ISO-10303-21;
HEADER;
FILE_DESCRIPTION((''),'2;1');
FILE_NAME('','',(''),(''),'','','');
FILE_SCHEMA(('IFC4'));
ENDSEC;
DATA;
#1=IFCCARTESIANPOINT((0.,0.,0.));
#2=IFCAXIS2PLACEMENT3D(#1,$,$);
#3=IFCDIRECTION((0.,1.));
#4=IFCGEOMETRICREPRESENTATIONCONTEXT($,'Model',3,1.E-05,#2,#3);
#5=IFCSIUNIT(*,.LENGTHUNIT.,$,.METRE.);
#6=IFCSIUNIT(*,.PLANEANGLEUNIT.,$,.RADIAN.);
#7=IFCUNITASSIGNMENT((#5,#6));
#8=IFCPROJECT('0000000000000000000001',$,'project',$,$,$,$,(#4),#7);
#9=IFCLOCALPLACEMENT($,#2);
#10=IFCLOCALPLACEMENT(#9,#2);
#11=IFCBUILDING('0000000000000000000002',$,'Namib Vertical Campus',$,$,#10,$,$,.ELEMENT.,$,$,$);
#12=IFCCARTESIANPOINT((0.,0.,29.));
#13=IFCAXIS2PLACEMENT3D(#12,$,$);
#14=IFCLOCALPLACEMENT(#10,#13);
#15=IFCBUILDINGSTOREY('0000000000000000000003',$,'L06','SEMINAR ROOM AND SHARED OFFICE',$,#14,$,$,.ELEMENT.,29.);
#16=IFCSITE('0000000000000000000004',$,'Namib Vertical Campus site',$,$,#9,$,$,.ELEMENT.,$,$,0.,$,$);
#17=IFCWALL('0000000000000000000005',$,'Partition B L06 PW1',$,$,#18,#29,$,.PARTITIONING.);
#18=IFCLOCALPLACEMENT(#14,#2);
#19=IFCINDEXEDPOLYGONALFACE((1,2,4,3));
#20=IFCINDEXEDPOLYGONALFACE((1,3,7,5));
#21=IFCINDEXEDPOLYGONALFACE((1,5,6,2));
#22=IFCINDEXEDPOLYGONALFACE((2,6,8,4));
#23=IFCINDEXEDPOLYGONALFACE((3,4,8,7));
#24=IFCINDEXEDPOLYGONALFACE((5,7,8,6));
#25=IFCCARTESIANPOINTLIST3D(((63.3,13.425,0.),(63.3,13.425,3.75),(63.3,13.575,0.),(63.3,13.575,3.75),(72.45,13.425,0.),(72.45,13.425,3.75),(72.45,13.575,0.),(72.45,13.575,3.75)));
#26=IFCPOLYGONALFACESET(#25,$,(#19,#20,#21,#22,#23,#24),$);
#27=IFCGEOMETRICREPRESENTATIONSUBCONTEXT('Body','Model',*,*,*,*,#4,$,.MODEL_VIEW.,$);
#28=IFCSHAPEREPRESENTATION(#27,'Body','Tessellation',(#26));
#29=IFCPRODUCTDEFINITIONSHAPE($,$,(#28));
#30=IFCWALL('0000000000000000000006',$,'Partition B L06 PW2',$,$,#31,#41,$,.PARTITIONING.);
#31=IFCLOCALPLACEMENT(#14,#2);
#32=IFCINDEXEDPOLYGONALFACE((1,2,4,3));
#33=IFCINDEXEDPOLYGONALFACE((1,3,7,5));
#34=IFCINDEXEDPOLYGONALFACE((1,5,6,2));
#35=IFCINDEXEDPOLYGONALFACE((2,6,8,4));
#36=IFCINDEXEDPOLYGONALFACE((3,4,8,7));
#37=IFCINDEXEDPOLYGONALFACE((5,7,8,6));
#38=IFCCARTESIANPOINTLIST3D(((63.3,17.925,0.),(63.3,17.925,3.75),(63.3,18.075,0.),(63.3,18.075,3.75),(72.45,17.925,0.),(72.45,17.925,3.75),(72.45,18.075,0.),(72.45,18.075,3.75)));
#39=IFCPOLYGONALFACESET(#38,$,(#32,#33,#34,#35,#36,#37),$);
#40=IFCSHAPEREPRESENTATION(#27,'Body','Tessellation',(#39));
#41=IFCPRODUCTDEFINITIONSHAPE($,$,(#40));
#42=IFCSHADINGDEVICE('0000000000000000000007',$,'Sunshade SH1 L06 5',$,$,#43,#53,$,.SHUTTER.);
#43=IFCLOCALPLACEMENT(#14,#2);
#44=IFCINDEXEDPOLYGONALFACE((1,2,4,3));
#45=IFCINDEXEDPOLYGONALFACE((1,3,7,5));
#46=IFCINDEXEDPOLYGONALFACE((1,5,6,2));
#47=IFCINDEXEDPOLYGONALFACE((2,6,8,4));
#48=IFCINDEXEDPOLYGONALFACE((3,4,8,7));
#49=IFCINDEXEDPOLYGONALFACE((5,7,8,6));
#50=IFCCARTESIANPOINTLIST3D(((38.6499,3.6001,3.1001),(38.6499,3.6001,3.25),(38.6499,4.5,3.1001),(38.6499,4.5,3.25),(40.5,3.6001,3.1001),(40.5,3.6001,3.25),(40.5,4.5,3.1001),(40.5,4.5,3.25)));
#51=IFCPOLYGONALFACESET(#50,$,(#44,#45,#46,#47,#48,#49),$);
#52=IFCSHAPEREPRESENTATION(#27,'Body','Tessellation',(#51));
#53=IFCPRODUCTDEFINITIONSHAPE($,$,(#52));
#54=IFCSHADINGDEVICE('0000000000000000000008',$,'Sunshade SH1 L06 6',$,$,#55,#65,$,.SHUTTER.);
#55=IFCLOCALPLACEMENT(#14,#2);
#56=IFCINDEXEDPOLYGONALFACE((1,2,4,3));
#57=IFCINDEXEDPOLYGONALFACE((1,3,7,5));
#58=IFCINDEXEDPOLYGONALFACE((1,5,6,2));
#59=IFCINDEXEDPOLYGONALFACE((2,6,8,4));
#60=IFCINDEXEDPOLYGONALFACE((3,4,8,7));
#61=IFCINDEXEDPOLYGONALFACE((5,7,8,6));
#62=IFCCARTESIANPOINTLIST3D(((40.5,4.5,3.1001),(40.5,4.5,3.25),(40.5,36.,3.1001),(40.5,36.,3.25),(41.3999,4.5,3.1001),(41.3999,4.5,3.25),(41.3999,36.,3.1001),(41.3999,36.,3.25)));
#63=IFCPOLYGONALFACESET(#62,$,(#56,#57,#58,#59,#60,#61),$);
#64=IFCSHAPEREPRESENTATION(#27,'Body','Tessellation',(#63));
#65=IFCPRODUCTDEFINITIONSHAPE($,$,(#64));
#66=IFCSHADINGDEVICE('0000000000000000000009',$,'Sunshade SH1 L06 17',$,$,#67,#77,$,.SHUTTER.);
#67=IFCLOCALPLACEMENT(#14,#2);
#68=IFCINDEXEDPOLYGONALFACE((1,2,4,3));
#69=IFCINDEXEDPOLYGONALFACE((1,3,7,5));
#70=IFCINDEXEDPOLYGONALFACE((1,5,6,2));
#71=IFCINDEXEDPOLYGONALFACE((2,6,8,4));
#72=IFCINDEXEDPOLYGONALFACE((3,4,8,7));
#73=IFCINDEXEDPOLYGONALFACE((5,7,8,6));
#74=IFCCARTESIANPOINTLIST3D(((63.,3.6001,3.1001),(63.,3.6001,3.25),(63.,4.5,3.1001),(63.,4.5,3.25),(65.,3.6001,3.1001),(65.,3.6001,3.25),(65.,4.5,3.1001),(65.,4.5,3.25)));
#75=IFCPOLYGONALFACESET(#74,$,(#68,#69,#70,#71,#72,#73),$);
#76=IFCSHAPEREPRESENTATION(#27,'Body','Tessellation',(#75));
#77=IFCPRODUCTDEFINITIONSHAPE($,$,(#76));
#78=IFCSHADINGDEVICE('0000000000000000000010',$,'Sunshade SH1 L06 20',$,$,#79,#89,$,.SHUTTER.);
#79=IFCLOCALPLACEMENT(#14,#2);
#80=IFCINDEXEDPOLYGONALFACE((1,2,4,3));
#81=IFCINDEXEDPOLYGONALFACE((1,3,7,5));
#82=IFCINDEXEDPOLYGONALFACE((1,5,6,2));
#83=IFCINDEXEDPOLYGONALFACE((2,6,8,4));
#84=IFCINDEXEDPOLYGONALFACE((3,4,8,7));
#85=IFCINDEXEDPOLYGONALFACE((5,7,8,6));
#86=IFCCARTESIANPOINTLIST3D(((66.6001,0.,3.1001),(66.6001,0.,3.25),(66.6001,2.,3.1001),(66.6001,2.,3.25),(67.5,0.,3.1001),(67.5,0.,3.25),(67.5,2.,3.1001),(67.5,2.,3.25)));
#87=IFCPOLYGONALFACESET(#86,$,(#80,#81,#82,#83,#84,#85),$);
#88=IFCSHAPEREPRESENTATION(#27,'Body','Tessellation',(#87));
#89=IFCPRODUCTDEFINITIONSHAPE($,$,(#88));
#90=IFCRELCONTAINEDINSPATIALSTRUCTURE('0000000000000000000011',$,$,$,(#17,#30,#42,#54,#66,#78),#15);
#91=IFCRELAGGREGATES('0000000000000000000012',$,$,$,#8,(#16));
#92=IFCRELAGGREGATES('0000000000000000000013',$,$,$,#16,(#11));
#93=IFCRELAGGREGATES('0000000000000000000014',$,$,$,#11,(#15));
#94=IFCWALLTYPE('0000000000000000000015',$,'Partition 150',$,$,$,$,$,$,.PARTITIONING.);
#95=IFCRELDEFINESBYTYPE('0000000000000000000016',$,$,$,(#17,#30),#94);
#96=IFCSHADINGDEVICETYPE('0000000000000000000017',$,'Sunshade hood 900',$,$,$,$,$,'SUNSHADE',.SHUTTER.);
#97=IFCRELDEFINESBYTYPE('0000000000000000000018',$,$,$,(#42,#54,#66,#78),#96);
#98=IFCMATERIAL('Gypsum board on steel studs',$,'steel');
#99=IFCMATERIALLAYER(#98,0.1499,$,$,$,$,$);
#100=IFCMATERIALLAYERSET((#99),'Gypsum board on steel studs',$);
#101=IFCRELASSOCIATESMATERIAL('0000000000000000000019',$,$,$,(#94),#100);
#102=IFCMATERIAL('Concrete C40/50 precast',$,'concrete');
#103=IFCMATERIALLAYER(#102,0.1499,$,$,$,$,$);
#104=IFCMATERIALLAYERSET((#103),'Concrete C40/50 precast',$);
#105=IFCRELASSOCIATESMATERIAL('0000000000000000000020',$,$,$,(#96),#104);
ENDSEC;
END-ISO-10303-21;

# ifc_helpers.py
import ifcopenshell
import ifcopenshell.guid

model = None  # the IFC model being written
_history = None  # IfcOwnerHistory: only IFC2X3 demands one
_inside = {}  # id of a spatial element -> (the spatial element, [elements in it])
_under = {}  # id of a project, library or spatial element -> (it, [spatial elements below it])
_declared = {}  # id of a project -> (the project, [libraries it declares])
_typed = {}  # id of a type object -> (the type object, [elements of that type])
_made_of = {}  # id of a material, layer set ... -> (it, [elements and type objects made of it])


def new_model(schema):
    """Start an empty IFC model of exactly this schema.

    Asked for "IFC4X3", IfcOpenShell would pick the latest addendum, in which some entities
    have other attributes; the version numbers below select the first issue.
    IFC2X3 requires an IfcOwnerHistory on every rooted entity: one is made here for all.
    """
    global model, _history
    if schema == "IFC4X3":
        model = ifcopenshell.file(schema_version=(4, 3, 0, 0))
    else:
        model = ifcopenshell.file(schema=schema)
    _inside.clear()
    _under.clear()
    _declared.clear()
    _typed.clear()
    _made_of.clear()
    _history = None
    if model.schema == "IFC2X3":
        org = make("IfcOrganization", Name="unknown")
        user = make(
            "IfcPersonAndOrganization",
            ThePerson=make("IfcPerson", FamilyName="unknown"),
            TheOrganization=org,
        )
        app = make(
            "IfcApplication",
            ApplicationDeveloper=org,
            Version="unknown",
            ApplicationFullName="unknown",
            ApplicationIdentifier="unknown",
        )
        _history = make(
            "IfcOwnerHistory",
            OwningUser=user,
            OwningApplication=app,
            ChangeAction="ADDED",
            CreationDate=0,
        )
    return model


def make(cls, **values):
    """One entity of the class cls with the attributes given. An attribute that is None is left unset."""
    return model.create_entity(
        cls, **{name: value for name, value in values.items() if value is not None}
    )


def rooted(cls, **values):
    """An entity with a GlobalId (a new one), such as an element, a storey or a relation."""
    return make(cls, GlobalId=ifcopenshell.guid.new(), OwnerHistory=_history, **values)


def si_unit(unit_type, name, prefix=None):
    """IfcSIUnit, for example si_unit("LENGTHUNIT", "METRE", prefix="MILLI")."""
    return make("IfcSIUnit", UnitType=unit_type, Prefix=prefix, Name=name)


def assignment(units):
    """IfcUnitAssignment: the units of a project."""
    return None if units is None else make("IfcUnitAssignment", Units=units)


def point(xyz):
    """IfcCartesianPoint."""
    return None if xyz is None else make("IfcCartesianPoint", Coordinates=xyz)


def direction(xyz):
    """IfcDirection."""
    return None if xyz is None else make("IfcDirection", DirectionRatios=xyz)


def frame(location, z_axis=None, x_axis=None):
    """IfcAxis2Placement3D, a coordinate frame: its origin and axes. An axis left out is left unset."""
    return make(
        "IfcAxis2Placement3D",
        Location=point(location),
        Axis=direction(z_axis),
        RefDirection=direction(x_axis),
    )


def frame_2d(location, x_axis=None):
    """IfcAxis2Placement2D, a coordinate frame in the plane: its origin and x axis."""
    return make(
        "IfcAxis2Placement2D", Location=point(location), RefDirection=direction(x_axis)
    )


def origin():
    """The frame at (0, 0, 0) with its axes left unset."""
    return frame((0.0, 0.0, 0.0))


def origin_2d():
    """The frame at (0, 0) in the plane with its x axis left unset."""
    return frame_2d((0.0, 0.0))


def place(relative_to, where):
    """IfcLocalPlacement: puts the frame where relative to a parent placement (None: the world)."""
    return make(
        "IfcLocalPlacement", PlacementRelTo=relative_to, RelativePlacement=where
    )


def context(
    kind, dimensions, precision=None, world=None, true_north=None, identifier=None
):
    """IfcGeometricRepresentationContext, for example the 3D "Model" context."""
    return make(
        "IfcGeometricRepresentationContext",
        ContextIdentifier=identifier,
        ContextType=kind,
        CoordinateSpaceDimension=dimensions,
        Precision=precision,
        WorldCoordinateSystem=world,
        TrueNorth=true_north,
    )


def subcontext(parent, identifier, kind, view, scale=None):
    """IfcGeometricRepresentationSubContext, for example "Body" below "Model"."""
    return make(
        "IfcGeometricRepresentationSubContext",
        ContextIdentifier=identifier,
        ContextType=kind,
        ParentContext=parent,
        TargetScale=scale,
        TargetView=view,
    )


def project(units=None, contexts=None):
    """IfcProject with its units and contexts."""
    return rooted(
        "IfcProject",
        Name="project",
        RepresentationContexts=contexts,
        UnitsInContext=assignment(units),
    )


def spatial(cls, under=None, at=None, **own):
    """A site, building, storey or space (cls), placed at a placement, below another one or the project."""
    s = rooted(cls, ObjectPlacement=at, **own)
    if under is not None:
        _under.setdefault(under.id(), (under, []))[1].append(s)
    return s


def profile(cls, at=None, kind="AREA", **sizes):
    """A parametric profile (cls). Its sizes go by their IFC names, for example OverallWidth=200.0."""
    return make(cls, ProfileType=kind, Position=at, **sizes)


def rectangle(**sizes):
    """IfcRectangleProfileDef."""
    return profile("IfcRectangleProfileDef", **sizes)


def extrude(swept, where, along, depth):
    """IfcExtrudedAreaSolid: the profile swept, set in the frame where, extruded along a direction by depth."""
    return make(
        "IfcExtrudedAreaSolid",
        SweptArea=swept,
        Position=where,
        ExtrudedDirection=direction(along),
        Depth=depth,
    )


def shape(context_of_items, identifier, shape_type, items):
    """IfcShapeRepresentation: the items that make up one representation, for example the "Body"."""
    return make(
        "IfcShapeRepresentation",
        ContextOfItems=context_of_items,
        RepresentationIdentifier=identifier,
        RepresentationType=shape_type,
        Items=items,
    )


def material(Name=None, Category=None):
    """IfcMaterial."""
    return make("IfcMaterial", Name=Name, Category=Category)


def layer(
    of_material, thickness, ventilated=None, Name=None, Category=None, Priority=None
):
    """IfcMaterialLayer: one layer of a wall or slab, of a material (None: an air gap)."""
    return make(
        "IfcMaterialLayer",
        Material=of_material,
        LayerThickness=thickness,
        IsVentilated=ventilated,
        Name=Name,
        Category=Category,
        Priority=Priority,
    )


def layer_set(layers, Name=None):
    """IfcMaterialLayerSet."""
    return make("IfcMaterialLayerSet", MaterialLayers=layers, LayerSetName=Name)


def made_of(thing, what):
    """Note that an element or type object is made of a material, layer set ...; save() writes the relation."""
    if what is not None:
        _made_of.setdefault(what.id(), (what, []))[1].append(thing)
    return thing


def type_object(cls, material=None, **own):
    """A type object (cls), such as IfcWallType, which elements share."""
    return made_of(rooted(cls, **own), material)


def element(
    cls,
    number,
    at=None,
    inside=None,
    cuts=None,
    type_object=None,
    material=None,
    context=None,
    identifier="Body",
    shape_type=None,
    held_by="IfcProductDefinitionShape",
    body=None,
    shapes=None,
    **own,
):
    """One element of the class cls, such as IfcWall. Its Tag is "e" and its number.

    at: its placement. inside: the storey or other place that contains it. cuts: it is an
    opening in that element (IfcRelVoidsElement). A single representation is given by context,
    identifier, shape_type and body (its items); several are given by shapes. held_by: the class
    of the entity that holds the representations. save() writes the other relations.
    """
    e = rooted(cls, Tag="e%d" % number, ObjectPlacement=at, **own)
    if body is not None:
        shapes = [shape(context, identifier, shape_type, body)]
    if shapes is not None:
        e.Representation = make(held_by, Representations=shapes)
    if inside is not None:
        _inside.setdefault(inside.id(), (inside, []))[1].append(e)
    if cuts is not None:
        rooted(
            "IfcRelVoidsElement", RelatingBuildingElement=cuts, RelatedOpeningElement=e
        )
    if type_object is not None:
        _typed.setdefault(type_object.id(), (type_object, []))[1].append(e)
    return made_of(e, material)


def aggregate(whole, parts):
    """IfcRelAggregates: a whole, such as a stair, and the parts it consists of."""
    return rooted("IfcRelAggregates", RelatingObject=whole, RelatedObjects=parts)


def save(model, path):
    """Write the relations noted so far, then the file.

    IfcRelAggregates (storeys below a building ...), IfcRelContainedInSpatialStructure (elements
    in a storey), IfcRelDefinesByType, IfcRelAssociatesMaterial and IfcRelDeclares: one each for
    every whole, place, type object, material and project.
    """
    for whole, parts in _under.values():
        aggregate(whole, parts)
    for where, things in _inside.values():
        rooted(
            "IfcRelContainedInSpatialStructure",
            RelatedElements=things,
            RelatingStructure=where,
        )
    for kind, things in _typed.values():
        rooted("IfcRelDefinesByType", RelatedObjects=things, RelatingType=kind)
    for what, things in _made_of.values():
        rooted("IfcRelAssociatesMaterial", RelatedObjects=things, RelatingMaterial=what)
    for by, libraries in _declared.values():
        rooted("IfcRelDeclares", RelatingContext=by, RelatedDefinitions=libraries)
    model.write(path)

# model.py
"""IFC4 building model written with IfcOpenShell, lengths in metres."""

from ifc_helpers import new_model, si_unit, direction, frame, frame_2d, origin, origin_2d, place, context, subcontext, project, spatial, rectangle, extrude, material, layer, layer_set, type_object, element, save


model = new_model("IFC4")

# Units and contexts
model_context = context("Model", 3, precision=1e-05, world=origin(), true_north=direction((0.0, 1.0)))
body_context = subcontext(model_context, "Body", "Model", "MODEL_VIEW")
ifc_project = project(units=[si_unit("LENGTHUNIT", "METRE"), si_unit("PLANEANGLEUNIT", "RADIAN")], contexts=[model_context])

# Site, building, storey
site_placement = place(None, origin())
site = spatial("IfcSite", under=ifc_project, at=site_placement, Name="Namib Vertical Campus site", CompositionType="ELEMENT", RefElevation=0.0)
building_placement = place(site_placement, origin())
building = spatial("IfcBuilding", under=site, at=building_placement, Name="Namib Vertical Campus", CompositionType="ELEMENT")
storey_placement = place(building_placement, frame((0.0, 0.0, 29.0)))
storey = spatial("IfcBuildingStorey", under=building, at=storey_placement, Name="L06", Description="SEMINAR ROOM AND SHARED OFFICE", CompositionType="ELEMENT", Elevation=29.0)

# Walls
ifc_material_1 = material(Name="Gypsum board on steel studs", Category="steel")
ifc_layer_1 = layer(ifc_material_1, 0.1499)
ifc_layer_set_1 = layer_set([ifc_layer_1], Name="Gypsum board on steel studs")
wall_type_1 = type_object("IfcWallType", Name="Partition 150", PredefinedType="PARTITIONING", material=ifc_layer_set_1)
for number, where, z_axis, x_axis, name in (
    (1, (63.3, 13.5, 0.0), (0.0, 0.0, 1.0), (1.0, 0.0, 0.0), "Partition B L06 PW1"),
    (2, (63.3, 18.0, 0.0), (0.0, 0.0, 1.0), (1.0, 0.0, 0.0), "Partition B L06 PW2"),
):
    element("IfcWall", number, at=place(storey_placement, frame(where, z_axis=z_axis, x_axis=x_axis)), inside=storey, type_object=wall_type_1, Name=name, PredefinedType="PARTITIONING", context=body_context, shape_type="SweptSolid", body=[
        extrude(rectangle(XDim=9.1499, YDim=0.1499, at=frame_2d((4.575, 0.0))), origin(), (0.0, 0.0, 1.0), 3.75),
    ])

# Shading devices
ifc_material_2 = material(Name="Concrete C40/50 precast", Category="concrete")
ifc_layer_2 = layer(ifc_material_2, 0.1499)
ifc_layer_set_2 = layer_set([ifc_layer_2], Name="Concrete C40/50 precast")
shading_device_type = type_object("IfcShadingDeviceType", Name="Sunshade hood 900", ElementType="SUNSHADE", PredefinedType="SHUTTER", material=ifc_layer_set_2)
shading_device_1_placement = place(storey_placement, frame((39.575, 4.05, 3.1001), z_axis=(0.0, 0.0, 1.0), x_axis=(1.0, 0.0, 0.0)))
element("IfcShadingDevice", 3, at=shading_device_1_placement, inside=storey, type_object=shading_device_type, Name="Sunshade SH1 L06 5", PredefinedType="SHUTTER", context=body_context, shape_type="SweptSolid", body=[
    extrude(rectangle(XDim=1.8501, YDim=0.8999, at=origin_2d()), origin(), (0.0, 0.0, 1.0), 0.1499),
])
shading_device_2_placement = place(storey_placement, frame((40.95, 20.25, 3.1001), z_axis=(0.0, 0.0, 1.0), x_axis=(0.0, 1.0, 0.0)))
element("IfcShadingDevice", 4, at=shading_device_2_placement, inside=storey, type_object=shading_device_type, Name="Sunshade SH1 L06 6", PredefinedType="SHUTTER", context=body_context, shape_type="SweptSolid", body=[
    extrude(rectangle(XDim=31.5, YDim=0.8999, at=origin_2d()), origin(), (0.0, 0.0, 1.0), 0.1499),
])
for number, where, z_axis, x_axis, name in (
    (5, (64.0, 4.05, 3.1001), (0.0, 0.0, 1.0), (1.0, 0.0, 0.0), "Sunshade SH1 L06 17"),
    (6, (67.05, 1.0, 3.1001), (0.0, 0.0, 1.0), (0.0, -1.0, 0.0), "Sunshade SH1 L06 20"),
):
    element("IfcShadingDevice", number, at=place(storey_placement, frame(where, z_axis=z_axis, x_axis=x_axis)), inside=storey, type_object=shading_device_type, Name=name, PredefinedType="SHUTTER", context=body_context, shape_type="SweptSolid", body=[
        extrude(rectangle(XDim=2.0, YDim=0.8999, at=origin_2d()), origin(), (0.0, 0.0, 1.0), 0.1499),
    ])

save(model, "model.ifc")
